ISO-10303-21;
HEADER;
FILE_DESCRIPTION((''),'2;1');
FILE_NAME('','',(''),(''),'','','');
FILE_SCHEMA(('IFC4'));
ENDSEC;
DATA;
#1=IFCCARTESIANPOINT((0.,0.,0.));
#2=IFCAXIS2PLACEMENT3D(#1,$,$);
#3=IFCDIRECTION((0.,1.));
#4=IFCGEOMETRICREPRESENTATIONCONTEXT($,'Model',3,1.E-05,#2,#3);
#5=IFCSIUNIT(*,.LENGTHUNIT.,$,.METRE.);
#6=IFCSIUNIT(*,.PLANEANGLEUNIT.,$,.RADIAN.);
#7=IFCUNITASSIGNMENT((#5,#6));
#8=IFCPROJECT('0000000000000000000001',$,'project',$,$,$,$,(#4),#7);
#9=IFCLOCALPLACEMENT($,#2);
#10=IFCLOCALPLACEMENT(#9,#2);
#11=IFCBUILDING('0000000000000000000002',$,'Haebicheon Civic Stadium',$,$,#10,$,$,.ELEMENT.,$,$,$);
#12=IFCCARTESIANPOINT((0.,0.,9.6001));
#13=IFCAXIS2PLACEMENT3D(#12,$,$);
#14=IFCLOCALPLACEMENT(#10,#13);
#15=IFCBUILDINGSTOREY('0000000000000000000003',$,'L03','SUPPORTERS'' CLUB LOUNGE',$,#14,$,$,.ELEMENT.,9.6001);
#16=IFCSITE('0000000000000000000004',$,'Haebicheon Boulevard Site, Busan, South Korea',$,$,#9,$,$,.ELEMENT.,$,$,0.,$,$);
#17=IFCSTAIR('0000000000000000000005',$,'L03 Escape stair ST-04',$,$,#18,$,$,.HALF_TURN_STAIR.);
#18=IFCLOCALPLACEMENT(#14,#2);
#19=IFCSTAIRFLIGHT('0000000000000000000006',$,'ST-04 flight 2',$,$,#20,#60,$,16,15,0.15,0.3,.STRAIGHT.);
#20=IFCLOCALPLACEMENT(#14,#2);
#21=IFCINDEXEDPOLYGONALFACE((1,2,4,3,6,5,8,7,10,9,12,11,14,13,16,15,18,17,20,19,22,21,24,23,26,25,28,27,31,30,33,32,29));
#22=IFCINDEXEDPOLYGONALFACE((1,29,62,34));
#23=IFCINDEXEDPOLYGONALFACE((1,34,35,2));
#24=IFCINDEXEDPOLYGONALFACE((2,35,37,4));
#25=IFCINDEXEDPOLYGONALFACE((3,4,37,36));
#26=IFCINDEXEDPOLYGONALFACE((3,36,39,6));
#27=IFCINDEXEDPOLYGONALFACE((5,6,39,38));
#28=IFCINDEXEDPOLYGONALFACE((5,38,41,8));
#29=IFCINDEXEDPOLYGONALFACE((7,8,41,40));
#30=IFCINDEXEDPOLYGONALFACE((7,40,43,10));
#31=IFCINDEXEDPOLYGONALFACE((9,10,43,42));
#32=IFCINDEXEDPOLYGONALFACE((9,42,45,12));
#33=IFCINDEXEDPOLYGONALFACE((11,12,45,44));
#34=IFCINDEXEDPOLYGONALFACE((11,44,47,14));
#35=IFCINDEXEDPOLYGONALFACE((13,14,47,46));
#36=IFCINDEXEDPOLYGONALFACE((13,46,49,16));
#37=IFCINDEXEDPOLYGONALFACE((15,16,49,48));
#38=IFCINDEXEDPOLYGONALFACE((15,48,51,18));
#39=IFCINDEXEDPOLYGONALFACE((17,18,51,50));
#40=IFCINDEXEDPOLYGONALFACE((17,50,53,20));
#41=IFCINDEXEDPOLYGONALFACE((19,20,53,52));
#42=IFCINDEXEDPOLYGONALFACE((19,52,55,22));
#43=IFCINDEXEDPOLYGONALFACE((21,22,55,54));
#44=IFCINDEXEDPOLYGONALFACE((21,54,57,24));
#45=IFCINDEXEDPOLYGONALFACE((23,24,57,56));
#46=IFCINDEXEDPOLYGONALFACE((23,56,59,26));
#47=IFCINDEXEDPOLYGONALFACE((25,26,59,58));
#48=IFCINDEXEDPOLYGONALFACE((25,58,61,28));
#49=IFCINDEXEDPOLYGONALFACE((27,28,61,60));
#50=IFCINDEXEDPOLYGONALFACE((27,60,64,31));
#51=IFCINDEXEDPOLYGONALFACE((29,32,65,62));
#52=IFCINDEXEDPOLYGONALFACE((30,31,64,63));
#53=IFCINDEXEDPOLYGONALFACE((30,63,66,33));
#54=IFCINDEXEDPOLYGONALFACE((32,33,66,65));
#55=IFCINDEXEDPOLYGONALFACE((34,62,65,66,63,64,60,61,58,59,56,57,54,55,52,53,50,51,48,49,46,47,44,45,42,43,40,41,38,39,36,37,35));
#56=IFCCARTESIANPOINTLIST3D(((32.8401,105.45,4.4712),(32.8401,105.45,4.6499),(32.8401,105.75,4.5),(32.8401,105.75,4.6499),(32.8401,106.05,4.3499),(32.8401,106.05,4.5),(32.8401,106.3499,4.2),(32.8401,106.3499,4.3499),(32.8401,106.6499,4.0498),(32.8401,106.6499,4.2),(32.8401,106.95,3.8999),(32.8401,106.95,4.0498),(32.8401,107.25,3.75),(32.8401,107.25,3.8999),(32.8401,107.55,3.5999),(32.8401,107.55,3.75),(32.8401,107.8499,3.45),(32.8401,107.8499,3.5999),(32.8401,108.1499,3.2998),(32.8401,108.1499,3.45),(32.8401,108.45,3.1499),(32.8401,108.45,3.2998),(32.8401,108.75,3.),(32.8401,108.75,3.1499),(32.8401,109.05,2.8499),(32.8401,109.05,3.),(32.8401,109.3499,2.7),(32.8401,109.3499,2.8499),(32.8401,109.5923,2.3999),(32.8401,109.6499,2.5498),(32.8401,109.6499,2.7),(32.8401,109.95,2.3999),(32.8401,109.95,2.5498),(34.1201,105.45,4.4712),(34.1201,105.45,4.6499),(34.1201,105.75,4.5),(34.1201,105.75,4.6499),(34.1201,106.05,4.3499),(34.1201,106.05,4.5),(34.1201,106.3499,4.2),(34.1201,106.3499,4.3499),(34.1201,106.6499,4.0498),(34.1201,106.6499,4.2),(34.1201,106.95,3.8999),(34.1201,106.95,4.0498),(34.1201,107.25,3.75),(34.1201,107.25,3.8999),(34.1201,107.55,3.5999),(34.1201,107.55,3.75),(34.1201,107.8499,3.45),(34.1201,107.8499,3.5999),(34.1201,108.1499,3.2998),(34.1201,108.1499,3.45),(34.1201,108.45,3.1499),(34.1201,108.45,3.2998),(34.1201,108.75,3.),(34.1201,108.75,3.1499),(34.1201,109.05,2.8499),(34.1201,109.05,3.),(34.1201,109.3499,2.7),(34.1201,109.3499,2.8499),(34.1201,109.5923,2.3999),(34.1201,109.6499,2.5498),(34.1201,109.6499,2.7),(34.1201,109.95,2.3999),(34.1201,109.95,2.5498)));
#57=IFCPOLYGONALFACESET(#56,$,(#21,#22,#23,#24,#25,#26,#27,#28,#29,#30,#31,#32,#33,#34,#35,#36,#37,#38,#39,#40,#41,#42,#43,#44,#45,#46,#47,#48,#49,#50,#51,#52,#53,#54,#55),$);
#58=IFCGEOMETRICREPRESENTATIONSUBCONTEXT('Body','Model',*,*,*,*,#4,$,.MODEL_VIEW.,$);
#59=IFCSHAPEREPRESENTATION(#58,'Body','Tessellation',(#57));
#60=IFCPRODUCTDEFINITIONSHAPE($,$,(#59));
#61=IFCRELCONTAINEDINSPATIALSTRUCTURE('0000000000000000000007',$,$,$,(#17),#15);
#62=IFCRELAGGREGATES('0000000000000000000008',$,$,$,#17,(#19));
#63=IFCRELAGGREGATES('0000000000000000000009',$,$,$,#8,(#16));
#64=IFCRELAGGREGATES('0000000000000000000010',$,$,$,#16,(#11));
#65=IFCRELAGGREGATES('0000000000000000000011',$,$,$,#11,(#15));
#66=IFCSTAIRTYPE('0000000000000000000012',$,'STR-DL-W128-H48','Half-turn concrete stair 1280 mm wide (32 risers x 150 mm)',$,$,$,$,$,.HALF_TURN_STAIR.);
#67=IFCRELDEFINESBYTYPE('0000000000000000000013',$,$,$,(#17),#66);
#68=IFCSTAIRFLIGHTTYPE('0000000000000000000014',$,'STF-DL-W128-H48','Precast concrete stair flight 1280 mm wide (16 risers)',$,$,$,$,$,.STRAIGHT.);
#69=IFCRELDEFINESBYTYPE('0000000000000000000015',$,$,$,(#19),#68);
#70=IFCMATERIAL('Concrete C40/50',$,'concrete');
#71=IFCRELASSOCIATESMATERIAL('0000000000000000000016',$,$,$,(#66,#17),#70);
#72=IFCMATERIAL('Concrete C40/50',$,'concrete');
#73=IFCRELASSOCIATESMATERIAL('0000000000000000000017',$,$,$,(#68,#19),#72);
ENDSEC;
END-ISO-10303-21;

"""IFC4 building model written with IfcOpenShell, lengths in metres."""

from ifc_helpers import new_model, si_unit, direction, frame, origin, place, context, subcontext, project, spatial, polyline, outline, extrude, material, type_object, element, aggregate, save


model = new_model("IFC4")

# Units and contexts
model_context = context("Model", 3, precision=1e-05, world=origin(), true_north=direction((0.0, 1.0)))
body_context = subcontext(model_context, "Body", "Model", "MODEL_VIEW")
ifc_project = project(units=[si_unit("LENGTHUNIT", "METRE"), si_unit("PLANEANGLEUNIT", "RADIAN")], contexts=[model_context])

# Site, building, storey
site_placement = place(None, origin())
site = spatial("IfcSite", under=ifc_project, at=site_placement, Name="Haebicheon Boulevard Site, Busan, South Korea", CompositionType="ELEMENT", RefElevation=0.0)
building_placement = place(site_placement, origin())
building = spatial("IfcBuilding", under=site, at=building_placement, Name="Haebicheon Civic Stadium", CompositionType="ELEMENT")
storey_placement = place(building_placement, frame((0.0, 0.0, 9.6001)))
storey = spatial("IfcBuildingStorey", under=building, at=storey_placement, Name="L03", Description="SUPPORTERS' CLUB LOUNGE", CompositionType="ELEMENT", Elevation=9.6001)

# Stair, stair flight
ifc_material_1 = material(Name="Concrete C40/50", Category="concrete")
stair_type = type_object("IfcStairType", Name="STR-DL-W128-H48", Description="Half-turn concrete stair 1280 mm wide (32 risers x 150 mm)", PredefinedType="HALF_TURN_STAIR", material=ifc_material_1)
stair_placement = place(storey_placement, origin())
stair = element("IfcStair", 1, at=stair_placement, inside=storey, type_object=stair_type, material=ifc_material_1, Name="L03 Escape stair ST-04", PredefinedType="HALF_TURN_STAIR")
ifc_material_2 = material(Name="Concrete C40/50", Category="concrete")
stair_flight_type = type_object("IfcStairFlightType", Name="STF-DL-W128-H48", Description="Precast concrete stair flight 1280 mm wide (16 risers)", PredefinedType="STRAIGHT", material=ifc_material_2)
stair_flight_1_placement = place(storey_placement, frame((33.48, 109.95, 2.3999), z_axis=(0.0, 0.0, 1.0), x_axis=(0.0, -1.0, 0.0)))
stair_flight_1 = element("IfcStairFlight", 2, at=stair_flight_1_placement, type_object=stair_flight_type, material=ifc_material_2, Name="ST-04 flight 2", NumberOfRisers=16, NumberOfTreads=15, PredefinedType="STRAIGHT", RiserHeight=0.15, TreadLength=0.3, context=body_context, shape_type="SweptSolid", body=[
    extrude(outline(polyline([(0.0, 0.0), (0.0, 0.1499), (0.3, 0.1499), (0.3, 0.3), (0.6001, 0.3), (0.6001, 0.45), (0.8999, 0.45), (0.8999, 0.6001), (1.2, 0.6001), (1.2, 0.75), (1.5, 0.75), (1.5, 0.8999), (1.8, 0.8999), (1.8, 1.05), (2.1001, 1.05), (2.1001, 1.2), (2.3999, 1.2), (2.3999, 1.3501), (2.7, 1.3501), (2.7, 1.5), (3.0, 1.5), (3.0, 1.6499), (3.3, 1.6499), (3.3, 1.8), (3.6001, 1.8), (3.6001, 1.95), (3.8999, 1.95), (3.8999, 2.1001), (4.2, 2.1001), (4.2, 2.25), (4.5, 2.25), (4.5, 2.3999), (4.5, 2.0713), (0.3577, 0.0), (0.0, 0.0)])), frame((0.0, 0.6401, 0.0), z_axis=(0.0, -1.0, 0.0), x_axis=(1.0, 0.0, 0.0)), (0.0, 0.0, 1.0), 1.28),
])
aggregate(stair, [stair_flight_1])

save(model, "model.ifc")
